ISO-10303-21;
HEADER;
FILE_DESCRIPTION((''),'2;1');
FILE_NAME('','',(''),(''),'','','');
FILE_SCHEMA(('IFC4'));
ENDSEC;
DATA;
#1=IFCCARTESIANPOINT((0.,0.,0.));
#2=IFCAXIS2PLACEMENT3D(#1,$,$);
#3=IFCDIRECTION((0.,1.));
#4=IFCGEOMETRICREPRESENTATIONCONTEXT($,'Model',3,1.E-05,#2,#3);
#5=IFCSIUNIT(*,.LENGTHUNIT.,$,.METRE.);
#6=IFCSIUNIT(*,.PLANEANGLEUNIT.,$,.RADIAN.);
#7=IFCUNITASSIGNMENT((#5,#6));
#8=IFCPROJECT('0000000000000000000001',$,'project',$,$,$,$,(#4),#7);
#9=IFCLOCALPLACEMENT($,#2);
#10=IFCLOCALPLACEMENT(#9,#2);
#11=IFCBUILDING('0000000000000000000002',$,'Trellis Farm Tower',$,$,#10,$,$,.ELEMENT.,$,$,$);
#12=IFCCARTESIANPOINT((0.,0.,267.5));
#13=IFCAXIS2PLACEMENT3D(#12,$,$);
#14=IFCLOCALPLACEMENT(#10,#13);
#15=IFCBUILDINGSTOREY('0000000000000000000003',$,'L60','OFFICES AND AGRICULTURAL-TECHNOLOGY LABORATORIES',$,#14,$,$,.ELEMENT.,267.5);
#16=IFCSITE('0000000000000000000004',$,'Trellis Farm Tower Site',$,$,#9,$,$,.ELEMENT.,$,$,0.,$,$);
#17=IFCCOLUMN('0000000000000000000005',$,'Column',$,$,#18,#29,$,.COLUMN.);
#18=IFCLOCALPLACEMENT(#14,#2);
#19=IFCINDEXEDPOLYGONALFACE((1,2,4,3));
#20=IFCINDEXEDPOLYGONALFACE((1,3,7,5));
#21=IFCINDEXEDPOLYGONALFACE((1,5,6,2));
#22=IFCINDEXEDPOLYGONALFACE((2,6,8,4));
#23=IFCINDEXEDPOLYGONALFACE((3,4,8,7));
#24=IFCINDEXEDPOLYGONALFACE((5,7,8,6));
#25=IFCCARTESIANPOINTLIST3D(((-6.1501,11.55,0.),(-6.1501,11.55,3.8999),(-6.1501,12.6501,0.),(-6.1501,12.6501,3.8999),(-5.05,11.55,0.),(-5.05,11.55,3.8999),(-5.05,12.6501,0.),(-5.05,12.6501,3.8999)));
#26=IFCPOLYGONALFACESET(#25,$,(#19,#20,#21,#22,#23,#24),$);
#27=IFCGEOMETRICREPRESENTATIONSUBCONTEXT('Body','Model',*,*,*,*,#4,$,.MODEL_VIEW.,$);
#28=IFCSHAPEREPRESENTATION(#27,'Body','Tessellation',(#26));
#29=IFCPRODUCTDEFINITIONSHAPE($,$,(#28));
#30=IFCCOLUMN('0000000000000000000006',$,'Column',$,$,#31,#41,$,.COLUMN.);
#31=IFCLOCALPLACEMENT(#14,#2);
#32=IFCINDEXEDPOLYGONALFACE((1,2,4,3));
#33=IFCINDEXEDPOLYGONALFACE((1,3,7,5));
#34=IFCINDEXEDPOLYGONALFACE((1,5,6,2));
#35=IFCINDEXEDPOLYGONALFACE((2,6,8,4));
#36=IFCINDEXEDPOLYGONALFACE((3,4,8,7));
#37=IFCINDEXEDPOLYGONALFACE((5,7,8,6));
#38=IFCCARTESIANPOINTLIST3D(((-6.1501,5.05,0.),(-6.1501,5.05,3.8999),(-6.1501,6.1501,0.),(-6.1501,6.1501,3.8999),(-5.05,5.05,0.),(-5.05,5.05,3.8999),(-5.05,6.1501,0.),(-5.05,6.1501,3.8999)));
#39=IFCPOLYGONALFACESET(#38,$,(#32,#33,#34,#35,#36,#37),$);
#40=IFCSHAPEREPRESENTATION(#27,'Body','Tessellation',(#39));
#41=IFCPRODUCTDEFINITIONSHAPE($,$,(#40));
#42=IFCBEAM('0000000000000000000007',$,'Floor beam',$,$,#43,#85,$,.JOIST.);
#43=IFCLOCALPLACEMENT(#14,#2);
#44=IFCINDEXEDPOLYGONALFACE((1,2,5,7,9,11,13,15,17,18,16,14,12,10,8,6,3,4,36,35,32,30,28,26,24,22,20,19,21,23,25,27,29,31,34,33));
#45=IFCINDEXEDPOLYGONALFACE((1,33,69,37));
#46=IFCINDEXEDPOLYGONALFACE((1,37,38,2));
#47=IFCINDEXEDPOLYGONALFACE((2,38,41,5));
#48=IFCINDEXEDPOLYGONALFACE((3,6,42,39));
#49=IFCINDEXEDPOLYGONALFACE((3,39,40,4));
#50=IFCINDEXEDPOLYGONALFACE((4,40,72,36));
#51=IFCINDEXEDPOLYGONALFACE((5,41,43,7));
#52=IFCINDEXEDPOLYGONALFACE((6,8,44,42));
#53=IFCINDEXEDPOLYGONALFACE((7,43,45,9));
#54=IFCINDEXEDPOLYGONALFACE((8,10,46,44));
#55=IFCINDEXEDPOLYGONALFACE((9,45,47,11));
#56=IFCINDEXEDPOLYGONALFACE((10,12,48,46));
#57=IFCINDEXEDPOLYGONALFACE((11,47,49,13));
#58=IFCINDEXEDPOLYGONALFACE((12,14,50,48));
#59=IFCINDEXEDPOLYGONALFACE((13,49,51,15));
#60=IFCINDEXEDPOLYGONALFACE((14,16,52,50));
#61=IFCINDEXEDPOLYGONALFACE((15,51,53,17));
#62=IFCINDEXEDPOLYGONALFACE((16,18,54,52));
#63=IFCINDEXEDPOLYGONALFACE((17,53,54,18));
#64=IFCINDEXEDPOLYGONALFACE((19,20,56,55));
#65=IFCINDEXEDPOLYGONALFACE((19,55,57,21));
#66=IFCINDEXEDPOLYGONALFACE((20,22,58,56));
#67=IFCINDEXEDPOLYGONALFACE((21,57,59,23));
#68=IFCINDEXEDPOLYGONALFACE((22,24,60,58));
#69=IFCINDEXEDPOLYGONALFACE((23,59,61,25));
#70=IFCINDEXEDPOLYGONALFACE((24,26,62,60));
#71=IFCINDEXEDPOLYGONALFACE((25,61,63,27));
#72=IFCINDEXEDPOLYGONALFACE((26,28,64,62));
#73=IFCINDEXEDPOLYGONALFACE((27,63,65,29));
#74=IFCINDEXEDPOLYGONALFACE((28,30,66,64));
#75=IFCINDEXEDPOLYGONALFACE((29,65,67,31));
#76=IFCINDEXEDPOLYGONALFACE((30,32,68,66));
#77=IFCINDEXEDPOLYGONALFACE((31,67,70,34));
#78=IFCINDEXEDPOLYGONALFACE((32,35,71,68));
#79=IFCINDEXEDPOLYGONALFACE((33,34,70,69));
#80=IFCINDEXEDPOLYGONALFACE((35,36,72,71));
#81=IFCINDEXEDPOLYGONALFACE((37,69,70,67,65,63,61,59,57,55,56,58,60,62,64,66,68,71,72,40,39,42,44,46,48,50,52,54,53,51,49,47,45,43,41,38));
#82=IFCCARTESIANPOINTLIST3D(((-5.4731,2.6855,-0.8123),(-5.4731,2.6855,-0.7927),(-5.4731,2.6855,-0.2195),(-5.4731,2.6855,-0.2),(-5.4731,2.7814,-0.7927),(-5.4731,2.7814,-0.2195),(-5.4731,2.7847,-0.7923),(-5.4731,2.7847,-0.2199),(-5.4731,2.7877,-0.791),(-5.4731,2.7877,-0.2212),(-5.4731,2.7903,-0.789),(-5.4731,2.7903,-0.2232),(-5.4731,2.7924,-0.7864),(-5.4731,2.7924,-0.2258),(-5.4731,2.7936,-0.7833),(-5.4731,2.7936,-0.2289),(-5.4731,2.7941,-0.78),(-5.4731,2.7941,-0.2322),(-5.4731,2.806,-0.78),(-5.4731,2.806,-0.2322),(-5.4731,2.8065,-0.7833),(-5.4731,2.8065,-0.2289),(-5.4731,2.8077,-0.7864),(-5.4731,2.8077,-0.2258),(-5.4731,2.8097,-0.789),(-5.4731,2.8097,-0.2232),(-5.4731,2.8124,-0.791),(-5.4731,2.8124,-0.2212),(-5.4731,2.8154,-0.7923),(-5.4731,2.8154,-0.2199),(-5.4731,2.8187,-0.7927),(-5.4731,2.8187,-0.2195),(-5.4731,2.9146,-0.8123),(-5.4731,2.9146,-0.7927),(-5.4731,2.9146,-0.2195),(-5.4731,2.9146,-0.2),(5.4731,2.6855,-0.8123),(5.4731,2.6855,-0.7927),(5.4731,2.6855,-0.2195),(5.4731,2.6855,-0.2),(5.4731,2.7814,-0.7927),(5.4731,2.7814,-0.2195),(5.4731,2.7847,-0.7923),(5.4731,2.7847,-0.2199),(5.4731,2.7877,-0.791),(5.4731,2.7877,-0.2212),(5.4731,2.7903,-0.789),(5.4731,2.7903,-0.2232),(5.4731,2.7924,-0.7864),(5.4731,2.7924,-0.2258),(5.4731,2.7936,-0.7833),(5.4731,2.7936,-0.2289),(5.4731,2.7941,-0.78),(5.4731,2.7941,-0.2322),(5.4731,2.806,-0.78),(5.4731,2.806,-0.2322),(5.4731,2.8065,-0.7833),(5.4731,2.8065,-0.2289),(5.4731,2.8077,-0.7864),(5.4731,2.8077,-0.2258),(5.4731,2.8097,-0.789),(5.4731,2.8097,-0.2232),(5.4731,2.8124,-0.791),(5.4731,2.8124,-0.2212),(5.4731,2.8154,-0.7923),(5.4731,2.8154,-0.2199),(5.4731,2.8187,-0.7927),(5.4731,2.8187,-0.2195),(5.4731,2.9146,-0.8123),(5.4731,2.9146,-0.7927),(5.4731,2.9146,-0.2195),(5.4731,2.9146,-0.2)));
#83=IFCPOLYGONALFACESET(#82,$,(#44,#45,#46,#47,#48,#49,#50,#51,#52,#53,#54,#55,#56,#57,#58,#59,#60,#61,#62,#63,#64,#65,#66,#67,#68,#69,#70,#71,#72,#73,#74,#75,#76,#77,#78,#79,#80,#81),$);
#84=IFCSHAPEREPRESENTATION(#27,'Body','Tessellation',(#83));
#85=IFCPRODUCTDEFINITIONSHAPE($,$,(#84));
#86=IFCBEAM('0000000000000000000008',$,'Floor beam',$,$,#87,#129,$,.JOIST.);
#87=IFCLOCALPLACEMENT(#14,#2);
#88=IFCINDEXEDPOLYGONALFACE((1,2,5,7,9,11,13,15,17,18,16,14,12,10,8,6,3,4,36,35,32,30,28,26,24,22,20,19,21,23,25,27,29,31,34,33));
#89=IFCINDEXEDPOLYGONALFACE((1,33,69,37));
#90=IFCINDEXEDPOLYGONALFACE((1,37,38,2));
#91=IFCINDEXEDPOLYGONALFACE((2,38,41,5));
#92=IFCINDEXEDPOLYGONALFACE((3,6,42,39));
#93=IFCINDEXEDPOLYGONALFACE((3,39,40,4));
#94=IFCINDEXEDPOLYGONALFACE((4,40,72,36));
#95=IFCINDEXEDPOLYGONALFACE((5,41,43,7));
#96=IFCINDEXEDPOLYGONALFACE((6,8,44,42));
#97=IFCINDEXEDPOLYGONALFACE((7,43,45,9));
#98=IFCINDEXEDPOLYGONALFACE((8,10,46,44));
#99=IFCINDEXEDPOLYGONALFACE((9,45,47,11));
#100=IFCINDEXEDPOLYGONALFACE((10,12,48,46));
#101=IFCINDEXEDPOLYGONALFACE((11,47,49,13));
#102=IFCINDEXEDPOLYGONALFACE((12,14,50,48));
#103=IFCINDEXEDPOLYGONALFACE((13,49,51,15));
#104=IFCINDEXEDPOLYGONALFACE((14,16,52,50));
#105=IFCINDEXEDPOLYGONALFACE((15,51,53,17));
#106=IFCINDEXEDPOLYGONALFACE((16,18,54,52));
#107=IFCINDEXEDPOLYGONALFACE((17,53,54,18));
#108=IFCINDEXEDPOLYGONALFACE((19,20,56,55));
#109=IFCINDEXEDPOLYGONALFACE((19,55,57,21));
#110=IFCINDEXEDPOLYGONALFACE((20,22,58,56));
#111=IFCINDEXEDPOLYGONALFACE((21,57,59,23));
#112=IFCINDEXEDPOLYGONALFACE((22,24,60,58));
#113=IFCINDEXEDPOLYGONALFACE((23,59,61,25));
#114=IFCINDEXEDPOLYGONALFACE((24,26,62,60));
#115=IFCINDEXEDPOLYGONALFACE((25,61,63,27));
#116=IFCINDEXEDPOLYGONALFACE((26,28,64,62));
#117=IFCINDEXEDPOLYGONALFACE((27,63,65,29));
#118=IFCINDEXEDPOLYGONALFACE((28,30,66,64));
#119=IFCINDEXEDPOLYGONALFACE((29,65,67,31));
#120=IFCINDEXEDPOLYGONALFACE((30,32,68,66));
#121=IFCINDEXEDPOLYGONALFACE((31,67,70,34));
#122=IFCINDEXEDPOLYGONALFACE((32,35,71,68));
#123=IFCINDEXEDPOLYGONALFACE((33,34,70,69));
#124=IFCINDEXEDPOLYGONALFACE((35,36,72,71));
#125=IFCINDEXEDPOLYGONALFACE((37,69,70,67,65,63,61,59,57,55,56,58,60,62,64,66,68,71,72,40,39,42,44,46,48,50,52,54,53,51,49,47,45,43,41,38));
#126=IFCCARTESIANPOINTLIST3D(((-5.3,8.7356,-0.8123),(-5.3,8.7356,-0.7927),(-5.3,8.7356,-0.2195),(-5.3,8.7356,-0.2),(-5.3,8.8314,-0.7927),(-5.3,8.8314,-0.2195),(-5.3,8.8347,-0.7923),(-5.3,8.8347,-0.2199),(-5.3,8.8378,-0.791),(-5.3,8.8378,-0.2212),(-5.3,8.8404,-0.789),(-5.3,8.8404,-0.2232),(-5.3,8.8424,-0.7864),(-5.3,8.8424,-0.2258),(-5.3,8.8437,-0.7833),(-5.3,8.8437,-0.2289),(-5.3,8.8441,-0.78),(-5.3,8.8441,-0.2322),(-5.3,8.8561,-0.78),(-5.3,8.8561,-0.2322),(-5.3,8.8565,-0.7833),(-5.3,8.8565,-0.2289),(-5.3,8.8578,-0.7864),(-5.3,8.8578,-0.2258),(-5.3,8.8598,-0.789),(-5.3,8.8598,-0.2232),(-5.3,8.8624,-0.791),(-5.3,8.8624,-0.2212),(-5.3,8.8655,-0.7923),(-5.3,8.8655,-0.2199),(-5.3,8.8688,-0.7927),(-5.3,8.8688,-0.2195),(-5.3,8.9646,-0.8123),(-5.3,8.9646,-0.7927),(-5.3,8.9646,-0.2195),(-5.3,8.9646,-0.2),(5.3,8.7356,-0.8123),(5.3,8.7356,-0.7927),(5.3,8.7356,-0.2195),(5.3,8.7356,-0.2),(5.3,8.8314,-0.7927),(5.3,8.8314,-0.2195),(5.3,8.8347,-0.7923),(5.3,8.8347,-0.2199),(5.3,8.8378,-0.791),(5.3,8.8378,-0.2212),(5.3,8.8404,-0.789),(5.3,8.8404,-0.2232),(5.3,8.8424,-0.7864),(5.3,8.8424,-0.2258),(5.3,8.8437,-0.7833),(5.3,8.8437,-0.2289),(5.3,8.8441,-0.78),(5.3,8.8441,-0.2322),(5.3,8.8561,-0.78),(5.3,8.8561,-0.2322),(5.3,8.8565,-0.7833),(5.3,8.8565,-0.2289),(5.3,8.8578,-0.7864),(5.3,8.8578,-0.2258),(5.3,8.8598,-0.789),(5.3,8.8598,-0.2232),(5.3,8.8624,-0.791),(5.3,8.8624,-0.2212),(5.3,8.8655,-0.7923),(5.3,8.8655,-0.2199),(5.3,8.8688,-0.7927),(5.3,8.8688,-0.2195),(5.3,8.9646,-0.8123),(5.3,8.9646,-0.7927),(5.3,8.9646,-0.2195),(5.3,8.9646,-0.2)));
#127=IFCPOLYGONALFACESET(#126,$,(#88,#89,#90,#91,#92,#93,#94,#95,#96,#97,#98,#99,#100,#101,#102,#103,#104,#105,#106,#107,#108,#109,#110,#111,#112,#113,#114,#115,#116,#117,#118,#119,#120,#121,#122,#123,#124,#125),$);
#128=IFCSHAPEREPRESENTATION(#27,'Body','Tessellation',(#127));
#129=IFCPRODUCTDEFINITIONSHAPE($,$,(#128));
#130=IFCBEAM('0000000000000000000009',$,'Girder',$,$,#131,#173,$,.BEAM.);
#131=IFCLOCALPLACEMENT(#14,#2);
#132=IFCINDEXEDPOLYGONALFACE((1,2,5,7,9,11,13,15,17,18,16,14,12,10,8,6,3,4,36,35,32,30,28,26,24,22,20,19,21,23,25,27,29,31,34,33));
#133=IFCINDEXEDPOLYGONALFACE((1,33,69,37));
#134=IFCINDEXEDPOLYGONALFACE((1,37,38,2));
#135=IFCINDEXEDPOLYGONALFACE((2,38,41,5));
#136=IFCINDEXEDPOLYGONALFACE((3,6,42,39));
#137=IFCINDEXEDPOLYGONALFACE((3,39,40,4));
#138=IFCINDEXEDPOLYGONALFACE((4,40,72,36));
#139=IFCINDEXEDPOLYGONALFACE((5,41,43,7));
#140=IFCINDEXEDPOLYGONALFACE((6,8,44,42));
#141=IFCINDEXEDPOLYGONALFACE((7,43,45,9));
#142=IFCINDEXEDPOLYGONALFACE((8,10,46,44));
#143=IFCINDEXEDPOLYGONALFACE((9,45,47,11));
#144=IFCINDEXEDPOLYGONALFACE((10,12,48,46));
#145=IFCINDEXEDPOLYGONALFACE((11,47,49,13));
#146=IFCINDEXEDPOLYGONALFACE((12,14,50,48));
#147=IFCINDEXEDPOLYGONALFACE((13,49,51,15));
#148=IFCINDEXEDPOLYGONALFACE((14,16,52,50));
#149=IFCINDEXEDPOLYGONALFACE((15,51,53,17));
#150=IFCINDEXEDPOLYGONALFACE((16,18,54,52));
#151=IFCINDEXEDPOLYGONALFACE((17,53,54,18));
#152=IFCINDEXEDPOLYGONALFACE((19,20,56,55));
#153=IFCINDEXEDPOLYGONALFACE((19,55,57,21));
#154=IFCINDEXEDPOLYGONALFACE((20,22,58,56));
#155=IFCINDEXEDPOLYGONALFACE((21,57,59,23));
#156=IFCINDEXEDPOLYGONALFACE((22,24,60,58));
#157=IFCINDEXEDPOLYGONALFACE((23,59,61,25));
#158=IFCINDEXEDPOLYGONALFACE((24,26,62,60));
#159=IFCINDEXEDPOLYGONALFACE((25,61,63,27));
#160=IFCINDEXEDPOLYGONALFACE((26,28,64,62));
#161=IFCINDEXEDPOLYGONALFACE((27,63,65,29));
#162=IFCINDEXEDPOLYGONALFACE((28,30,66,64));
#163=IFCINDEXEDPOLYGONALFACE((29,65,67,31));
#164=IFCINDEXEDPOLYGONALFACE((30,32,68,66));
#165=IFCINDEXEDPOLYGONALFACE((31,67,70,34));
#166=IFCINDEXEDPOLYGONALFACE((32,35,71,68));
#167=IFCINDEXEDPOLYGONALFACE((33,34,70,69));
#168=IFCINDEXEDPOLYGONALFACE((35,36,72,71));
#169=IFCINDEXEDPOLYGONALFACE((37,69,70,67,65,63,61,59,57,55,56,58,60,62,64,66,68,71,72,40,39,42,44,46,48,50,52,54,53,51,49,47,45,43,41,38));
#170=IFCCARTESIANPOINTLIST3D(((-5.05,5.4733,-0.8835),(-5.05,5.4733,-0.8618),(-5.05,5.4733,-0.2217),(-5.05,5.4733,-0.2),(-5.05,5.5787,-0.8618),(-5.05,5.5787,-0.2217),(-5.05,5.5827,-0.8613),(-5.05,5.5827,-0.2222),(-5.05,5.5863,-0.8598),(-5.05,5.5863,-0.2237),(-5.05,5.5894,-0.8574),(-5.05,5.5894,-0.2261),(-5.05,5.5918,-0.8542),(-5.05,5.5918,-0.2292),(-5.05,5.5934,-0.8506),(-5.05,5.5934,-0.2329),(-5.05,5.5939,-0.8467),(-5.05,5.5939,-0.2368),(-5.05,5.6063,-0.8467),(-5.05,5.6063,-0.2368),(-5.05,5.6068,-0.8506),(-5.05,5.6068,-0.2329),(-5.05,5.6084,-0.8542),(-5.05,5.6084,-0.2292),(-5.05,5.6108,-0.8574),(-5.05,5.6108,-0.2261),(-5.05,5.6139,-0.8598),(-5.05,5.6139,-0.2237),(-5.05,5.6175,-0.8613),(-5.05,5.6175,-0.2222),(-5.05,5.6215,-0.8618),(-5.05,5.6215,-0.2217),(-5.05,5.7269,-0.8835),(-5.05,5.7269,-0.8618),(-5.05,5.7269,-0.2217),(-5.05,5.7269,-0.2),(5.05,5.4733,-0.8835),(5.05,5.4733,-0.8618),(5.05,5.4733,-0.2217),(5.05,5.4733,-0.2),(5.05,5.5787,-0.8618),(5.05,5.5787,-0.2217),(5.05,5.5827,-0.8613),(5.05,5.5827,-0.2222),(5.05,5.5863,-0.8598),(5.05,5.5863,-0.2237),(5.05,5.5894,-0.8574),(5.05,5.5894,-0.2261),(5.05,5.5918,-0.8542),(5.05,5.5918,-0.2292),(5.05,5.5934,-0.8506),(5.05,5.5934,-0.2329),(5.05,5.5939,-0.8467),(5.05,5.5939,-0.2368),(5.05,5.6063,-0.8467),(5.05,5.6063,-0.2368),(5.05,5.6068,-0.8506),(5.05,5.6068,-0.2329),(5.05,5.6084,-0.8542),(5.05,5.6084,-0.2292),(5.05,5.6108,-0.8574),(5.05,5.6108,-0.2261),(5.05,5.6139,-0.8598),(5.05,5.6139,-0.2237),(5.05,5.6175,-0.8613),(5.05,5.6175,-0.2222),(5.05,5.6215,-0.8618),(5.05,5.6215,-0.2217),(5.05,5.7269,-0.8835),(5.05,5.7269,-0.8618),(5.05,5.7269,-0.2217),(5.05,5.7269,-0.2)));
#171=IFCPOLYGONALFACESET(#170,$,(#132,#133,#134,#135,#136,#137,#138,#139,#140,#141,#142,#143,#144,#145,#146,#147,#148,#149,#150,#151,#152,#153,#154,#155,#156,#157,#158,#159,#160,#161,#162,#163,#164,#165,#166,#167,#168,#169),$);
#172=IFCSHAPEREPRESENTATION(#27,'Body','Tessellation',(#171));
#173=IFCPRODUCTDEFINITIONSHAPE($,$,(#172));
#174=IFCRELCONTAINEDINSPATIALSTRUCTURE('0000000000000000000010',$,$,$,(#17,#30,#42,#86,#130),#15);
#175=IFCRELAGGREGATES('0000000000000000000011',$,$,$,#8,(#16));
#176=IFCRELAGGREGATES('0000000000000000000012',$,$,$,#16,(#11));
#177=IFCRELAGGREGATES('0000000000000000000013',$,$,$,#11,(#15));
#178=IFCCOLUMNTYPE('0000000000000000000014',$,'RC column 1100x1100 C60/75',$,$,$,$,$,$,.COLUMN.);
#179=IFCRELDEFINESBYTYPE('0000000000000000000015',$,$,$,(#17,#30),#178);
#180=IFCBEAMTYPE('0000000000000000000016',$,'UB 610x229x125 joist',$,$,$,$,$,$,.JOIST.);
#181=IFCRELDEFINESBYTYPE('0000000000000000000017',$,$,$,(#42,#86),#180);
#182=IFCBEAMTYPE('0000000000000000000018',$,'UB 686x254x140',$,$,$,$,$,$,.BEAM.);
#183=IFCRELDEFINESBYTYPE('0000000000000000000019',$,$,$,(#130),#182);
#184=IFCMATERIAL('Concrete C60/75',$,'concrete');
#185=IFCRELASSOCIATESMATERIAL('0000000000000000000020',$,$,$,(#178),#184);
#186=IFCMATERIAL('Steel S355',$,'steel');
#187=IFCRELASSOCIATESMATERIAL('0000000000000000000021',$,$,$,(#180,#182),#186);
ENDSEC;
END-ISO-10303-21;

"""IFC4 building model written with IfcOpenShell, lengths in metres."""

from ifc_helpers import new_model, si_unit, direction, frame, origin, origin_2d, place, context, subcontext, project, spatial, rectangle, i_section, extrude, source, transform, mapped, material, material_profile, profile_set, type_object, element, save


model = new_model("IFC4")

# Units and contexts
model_context = context("Model", 3, precision=1e-05, world=origin(), true_north=direction((0.0, 1.0)))
body_context = subcontext(model_context, "Body", "Model", "MODEL_VIEW")
ifc_project = project(units=[si_unit("LENGTHUNIT", "METRE"), si_unit("PLANEANGLEUNIT", "RADIAN")], contexts=[model_context])

# Site, building, storey
site_placement = place(None, origin())
site = spatial("IfcSite", under=ifc_project, at=site_placement, Name="Trellis Farm Tower Site", CompositionType="ELEMENT", RefElevation=0.0)
building_placement = place(site_placement, origin())
building = spatial("IfcBuilding", under=site, at=building_placement, Name="Trellis Farm Tower", CompositionType="ELEMENT")
storey_placement = place(building_placement, frame((0.0, 0.0, 267.5)))
storey = spatial("IfcBuildingStorey", under=building, at=storey_placement, Name="L60", Description="OFFICES AND AGRICULTURAL-TECHNOLOGY LABORATORIES", CompositionType="ELEMENT", Elevation=267.5)

# Columns
ifc_material_1 = material(Name="Concrete C60/75", Category="concrete")
ifc_material_profile_1 = material_profile(ifc_material_1, rectangle(XDim=1.1001, YDim=1.1001, at=origin_2d()), Name="RC column 1100x1100 C60/75")
ifc_profile_set_1 = profile_set([ifc_material_profile_1], Name="Concrete C60/75")
column_type = type_object("IfcColumnType", Name="RC column 1100x1100 C60/75", PredefinedType="COLUMN", material=ifc_profile_set_1)
shared_shape_1 = source(origin(), body_context, "Body", "SweptSolid", [
    extrude(rectangle(XDim=1.1001, YDim=1.1001, at=origin_2d()), origin(), (0.0, 0.0, 1.0), 3.8999),
])
for number, where, z_axis, x_axis, name in (
    (1, (-5.6001, 12.1001, 0.0), (0.0, 0.0, 1.0), (1.0, 0.0, 0.0), "Column"),
    (2, (-5.6001, 5.6001, 0.0), (0.0, 0.0, 1.0), (1.0, 0.0, 0.0), "Column"),
):
    element("IfcColumn", number, at=place(storey_placement, frame(where, z_axis=z_axis, x_axis=x_axis)), inside=storey, type_object=column_type, Name=name, PredefinedType="COLUMN", context=body_context, shape_type="MappedRepresentation", body=[
        mapped(shared_shape_1, transform((0.0, 0.0, 0.0))),
    ])

# Beams
ifc_material_2 = material(Name="Steel S355", Category="steel")
ifc_material_profile_2 = material_profile(ifc_material_2, i_section(OverallWidth=0.229, OverallDepth=0.6123, WebThickness=0.012, FlangeThickness=0.0195, FilletRadius=0.0127, at=origin_2d()), Name="UB 610x229x125")
ifc_profile_set_2 = profile_set([ifc_material_profile_2], Name="Steel S355")
beam_type_1 = type_object("IfcBeamType", Name="UB 610x229x125 joist", PredefinedType="JOIST", material=ifc_profile_set_2)
shared_shape_2 = source(origin(), body_context, "Body", "SweptSolid", [
    extrude(i_section(OverallWidth=0.229, OverallDepth=0.6123, WebThickness=0.012, FlangeThickness=0.0195, FilletRadius=0.0127, at=origin_2d()), origin(), (0.0, 0.0, 1.0), 10.9463),
])
beam_1_placement = place(storey_placement, frame((-5.4731, 2.8, -0.5061), z_axis=(1.0, 0.0, 0.0), x_axis=(0.0, 1.0, 0.0)))
element("IfcBeam", 3, at=beam_1_placement, inside=storey, type_object=beam_type_1, Name="Floor beam", PredefinedType="JOIST", context=body_context, shape_type="MappedRepresentation", body=[
    mapped(shared_shape_2, transform((0.0, 0.0, 0.0))),
])
shared_shape_3 = source(origin(), body_context, "Body", "SweptSolid", [
    extrude(i_section(OverallWidth=0.229, OverallDepth=0.6123, WebThickness=0.012, FlangeThickness=0.0195, FilletRadius=0.0127, at=origin_2d()), origin(), (0.0, 0.0, 1.0), 10.6001),
])
beam_2_placement = place(storey_placement, frame((-5.3, 8.8501, -0.5061), z_axis=(1.0, 0.0, 0.0), x_axis=(0.0, 1.0, 0.0)))
element("IfcBeam", 4, at=beam_2_placement, inside=storey, type_object=beam_type_1, Name="Floor beam", PredefinedType="JOIST", context=body_context, shape_type="MappedRepresentation", body=[
    mapped(shared_shape_3, transform((0.0, 0.0, 0.0))),
])
ifc_material_profile_3 = material_profile(ifc_material_2, i_section(OverallWidth=0.2537, OverallDepth=0.6836, WebThickness=0.0125, FlangeThickness=0.0217, FilletRadius=0.0151, at=origin_2d()), Name="UB 686x254x140")
ifc_profile_set_3 = profile_set([ifc_material_profile_3], Name="Steel S355")
beam_type_2 = type_object("IfcBeamType", Name="UB 686x254x140", PredefinedType="BEAM", material=ifc_profile_set_3)
shared_shape_4 = source(origin(), body_context, "Body", "SweptSolid", [
    extrude(i_section(OverallWidth=0.2537, OverallDepth=0.6836, WebThickness=0.0125, FlangeThickness=0.0217, FilletRadius=0.0151, at=origin_2d()), origin(), (0.0, 0.0, 1.0), 10.1001),
])
for number, where, z_axis, x_axis, name in (
    (5, (-5.05, 5.6001, -0.5417), (1.0, 0.0, 0.0), (0.0, 1.0, 0.0), "Girder"),
):
    element("IfcBeam", number, at=place(storey_placement, frame(where, z_axis=z_axis, x_axis=x_axis)), inside=storey, type_object=beam_type_2, Name=name, PredefinedType="BEAM", context=body_context, shape_type="MappedRepresentation", body=[
        mapped(shared_shape_4, transform((0.0, 0.0, 0.0))),
    ])

save(model, "model.ifc")
